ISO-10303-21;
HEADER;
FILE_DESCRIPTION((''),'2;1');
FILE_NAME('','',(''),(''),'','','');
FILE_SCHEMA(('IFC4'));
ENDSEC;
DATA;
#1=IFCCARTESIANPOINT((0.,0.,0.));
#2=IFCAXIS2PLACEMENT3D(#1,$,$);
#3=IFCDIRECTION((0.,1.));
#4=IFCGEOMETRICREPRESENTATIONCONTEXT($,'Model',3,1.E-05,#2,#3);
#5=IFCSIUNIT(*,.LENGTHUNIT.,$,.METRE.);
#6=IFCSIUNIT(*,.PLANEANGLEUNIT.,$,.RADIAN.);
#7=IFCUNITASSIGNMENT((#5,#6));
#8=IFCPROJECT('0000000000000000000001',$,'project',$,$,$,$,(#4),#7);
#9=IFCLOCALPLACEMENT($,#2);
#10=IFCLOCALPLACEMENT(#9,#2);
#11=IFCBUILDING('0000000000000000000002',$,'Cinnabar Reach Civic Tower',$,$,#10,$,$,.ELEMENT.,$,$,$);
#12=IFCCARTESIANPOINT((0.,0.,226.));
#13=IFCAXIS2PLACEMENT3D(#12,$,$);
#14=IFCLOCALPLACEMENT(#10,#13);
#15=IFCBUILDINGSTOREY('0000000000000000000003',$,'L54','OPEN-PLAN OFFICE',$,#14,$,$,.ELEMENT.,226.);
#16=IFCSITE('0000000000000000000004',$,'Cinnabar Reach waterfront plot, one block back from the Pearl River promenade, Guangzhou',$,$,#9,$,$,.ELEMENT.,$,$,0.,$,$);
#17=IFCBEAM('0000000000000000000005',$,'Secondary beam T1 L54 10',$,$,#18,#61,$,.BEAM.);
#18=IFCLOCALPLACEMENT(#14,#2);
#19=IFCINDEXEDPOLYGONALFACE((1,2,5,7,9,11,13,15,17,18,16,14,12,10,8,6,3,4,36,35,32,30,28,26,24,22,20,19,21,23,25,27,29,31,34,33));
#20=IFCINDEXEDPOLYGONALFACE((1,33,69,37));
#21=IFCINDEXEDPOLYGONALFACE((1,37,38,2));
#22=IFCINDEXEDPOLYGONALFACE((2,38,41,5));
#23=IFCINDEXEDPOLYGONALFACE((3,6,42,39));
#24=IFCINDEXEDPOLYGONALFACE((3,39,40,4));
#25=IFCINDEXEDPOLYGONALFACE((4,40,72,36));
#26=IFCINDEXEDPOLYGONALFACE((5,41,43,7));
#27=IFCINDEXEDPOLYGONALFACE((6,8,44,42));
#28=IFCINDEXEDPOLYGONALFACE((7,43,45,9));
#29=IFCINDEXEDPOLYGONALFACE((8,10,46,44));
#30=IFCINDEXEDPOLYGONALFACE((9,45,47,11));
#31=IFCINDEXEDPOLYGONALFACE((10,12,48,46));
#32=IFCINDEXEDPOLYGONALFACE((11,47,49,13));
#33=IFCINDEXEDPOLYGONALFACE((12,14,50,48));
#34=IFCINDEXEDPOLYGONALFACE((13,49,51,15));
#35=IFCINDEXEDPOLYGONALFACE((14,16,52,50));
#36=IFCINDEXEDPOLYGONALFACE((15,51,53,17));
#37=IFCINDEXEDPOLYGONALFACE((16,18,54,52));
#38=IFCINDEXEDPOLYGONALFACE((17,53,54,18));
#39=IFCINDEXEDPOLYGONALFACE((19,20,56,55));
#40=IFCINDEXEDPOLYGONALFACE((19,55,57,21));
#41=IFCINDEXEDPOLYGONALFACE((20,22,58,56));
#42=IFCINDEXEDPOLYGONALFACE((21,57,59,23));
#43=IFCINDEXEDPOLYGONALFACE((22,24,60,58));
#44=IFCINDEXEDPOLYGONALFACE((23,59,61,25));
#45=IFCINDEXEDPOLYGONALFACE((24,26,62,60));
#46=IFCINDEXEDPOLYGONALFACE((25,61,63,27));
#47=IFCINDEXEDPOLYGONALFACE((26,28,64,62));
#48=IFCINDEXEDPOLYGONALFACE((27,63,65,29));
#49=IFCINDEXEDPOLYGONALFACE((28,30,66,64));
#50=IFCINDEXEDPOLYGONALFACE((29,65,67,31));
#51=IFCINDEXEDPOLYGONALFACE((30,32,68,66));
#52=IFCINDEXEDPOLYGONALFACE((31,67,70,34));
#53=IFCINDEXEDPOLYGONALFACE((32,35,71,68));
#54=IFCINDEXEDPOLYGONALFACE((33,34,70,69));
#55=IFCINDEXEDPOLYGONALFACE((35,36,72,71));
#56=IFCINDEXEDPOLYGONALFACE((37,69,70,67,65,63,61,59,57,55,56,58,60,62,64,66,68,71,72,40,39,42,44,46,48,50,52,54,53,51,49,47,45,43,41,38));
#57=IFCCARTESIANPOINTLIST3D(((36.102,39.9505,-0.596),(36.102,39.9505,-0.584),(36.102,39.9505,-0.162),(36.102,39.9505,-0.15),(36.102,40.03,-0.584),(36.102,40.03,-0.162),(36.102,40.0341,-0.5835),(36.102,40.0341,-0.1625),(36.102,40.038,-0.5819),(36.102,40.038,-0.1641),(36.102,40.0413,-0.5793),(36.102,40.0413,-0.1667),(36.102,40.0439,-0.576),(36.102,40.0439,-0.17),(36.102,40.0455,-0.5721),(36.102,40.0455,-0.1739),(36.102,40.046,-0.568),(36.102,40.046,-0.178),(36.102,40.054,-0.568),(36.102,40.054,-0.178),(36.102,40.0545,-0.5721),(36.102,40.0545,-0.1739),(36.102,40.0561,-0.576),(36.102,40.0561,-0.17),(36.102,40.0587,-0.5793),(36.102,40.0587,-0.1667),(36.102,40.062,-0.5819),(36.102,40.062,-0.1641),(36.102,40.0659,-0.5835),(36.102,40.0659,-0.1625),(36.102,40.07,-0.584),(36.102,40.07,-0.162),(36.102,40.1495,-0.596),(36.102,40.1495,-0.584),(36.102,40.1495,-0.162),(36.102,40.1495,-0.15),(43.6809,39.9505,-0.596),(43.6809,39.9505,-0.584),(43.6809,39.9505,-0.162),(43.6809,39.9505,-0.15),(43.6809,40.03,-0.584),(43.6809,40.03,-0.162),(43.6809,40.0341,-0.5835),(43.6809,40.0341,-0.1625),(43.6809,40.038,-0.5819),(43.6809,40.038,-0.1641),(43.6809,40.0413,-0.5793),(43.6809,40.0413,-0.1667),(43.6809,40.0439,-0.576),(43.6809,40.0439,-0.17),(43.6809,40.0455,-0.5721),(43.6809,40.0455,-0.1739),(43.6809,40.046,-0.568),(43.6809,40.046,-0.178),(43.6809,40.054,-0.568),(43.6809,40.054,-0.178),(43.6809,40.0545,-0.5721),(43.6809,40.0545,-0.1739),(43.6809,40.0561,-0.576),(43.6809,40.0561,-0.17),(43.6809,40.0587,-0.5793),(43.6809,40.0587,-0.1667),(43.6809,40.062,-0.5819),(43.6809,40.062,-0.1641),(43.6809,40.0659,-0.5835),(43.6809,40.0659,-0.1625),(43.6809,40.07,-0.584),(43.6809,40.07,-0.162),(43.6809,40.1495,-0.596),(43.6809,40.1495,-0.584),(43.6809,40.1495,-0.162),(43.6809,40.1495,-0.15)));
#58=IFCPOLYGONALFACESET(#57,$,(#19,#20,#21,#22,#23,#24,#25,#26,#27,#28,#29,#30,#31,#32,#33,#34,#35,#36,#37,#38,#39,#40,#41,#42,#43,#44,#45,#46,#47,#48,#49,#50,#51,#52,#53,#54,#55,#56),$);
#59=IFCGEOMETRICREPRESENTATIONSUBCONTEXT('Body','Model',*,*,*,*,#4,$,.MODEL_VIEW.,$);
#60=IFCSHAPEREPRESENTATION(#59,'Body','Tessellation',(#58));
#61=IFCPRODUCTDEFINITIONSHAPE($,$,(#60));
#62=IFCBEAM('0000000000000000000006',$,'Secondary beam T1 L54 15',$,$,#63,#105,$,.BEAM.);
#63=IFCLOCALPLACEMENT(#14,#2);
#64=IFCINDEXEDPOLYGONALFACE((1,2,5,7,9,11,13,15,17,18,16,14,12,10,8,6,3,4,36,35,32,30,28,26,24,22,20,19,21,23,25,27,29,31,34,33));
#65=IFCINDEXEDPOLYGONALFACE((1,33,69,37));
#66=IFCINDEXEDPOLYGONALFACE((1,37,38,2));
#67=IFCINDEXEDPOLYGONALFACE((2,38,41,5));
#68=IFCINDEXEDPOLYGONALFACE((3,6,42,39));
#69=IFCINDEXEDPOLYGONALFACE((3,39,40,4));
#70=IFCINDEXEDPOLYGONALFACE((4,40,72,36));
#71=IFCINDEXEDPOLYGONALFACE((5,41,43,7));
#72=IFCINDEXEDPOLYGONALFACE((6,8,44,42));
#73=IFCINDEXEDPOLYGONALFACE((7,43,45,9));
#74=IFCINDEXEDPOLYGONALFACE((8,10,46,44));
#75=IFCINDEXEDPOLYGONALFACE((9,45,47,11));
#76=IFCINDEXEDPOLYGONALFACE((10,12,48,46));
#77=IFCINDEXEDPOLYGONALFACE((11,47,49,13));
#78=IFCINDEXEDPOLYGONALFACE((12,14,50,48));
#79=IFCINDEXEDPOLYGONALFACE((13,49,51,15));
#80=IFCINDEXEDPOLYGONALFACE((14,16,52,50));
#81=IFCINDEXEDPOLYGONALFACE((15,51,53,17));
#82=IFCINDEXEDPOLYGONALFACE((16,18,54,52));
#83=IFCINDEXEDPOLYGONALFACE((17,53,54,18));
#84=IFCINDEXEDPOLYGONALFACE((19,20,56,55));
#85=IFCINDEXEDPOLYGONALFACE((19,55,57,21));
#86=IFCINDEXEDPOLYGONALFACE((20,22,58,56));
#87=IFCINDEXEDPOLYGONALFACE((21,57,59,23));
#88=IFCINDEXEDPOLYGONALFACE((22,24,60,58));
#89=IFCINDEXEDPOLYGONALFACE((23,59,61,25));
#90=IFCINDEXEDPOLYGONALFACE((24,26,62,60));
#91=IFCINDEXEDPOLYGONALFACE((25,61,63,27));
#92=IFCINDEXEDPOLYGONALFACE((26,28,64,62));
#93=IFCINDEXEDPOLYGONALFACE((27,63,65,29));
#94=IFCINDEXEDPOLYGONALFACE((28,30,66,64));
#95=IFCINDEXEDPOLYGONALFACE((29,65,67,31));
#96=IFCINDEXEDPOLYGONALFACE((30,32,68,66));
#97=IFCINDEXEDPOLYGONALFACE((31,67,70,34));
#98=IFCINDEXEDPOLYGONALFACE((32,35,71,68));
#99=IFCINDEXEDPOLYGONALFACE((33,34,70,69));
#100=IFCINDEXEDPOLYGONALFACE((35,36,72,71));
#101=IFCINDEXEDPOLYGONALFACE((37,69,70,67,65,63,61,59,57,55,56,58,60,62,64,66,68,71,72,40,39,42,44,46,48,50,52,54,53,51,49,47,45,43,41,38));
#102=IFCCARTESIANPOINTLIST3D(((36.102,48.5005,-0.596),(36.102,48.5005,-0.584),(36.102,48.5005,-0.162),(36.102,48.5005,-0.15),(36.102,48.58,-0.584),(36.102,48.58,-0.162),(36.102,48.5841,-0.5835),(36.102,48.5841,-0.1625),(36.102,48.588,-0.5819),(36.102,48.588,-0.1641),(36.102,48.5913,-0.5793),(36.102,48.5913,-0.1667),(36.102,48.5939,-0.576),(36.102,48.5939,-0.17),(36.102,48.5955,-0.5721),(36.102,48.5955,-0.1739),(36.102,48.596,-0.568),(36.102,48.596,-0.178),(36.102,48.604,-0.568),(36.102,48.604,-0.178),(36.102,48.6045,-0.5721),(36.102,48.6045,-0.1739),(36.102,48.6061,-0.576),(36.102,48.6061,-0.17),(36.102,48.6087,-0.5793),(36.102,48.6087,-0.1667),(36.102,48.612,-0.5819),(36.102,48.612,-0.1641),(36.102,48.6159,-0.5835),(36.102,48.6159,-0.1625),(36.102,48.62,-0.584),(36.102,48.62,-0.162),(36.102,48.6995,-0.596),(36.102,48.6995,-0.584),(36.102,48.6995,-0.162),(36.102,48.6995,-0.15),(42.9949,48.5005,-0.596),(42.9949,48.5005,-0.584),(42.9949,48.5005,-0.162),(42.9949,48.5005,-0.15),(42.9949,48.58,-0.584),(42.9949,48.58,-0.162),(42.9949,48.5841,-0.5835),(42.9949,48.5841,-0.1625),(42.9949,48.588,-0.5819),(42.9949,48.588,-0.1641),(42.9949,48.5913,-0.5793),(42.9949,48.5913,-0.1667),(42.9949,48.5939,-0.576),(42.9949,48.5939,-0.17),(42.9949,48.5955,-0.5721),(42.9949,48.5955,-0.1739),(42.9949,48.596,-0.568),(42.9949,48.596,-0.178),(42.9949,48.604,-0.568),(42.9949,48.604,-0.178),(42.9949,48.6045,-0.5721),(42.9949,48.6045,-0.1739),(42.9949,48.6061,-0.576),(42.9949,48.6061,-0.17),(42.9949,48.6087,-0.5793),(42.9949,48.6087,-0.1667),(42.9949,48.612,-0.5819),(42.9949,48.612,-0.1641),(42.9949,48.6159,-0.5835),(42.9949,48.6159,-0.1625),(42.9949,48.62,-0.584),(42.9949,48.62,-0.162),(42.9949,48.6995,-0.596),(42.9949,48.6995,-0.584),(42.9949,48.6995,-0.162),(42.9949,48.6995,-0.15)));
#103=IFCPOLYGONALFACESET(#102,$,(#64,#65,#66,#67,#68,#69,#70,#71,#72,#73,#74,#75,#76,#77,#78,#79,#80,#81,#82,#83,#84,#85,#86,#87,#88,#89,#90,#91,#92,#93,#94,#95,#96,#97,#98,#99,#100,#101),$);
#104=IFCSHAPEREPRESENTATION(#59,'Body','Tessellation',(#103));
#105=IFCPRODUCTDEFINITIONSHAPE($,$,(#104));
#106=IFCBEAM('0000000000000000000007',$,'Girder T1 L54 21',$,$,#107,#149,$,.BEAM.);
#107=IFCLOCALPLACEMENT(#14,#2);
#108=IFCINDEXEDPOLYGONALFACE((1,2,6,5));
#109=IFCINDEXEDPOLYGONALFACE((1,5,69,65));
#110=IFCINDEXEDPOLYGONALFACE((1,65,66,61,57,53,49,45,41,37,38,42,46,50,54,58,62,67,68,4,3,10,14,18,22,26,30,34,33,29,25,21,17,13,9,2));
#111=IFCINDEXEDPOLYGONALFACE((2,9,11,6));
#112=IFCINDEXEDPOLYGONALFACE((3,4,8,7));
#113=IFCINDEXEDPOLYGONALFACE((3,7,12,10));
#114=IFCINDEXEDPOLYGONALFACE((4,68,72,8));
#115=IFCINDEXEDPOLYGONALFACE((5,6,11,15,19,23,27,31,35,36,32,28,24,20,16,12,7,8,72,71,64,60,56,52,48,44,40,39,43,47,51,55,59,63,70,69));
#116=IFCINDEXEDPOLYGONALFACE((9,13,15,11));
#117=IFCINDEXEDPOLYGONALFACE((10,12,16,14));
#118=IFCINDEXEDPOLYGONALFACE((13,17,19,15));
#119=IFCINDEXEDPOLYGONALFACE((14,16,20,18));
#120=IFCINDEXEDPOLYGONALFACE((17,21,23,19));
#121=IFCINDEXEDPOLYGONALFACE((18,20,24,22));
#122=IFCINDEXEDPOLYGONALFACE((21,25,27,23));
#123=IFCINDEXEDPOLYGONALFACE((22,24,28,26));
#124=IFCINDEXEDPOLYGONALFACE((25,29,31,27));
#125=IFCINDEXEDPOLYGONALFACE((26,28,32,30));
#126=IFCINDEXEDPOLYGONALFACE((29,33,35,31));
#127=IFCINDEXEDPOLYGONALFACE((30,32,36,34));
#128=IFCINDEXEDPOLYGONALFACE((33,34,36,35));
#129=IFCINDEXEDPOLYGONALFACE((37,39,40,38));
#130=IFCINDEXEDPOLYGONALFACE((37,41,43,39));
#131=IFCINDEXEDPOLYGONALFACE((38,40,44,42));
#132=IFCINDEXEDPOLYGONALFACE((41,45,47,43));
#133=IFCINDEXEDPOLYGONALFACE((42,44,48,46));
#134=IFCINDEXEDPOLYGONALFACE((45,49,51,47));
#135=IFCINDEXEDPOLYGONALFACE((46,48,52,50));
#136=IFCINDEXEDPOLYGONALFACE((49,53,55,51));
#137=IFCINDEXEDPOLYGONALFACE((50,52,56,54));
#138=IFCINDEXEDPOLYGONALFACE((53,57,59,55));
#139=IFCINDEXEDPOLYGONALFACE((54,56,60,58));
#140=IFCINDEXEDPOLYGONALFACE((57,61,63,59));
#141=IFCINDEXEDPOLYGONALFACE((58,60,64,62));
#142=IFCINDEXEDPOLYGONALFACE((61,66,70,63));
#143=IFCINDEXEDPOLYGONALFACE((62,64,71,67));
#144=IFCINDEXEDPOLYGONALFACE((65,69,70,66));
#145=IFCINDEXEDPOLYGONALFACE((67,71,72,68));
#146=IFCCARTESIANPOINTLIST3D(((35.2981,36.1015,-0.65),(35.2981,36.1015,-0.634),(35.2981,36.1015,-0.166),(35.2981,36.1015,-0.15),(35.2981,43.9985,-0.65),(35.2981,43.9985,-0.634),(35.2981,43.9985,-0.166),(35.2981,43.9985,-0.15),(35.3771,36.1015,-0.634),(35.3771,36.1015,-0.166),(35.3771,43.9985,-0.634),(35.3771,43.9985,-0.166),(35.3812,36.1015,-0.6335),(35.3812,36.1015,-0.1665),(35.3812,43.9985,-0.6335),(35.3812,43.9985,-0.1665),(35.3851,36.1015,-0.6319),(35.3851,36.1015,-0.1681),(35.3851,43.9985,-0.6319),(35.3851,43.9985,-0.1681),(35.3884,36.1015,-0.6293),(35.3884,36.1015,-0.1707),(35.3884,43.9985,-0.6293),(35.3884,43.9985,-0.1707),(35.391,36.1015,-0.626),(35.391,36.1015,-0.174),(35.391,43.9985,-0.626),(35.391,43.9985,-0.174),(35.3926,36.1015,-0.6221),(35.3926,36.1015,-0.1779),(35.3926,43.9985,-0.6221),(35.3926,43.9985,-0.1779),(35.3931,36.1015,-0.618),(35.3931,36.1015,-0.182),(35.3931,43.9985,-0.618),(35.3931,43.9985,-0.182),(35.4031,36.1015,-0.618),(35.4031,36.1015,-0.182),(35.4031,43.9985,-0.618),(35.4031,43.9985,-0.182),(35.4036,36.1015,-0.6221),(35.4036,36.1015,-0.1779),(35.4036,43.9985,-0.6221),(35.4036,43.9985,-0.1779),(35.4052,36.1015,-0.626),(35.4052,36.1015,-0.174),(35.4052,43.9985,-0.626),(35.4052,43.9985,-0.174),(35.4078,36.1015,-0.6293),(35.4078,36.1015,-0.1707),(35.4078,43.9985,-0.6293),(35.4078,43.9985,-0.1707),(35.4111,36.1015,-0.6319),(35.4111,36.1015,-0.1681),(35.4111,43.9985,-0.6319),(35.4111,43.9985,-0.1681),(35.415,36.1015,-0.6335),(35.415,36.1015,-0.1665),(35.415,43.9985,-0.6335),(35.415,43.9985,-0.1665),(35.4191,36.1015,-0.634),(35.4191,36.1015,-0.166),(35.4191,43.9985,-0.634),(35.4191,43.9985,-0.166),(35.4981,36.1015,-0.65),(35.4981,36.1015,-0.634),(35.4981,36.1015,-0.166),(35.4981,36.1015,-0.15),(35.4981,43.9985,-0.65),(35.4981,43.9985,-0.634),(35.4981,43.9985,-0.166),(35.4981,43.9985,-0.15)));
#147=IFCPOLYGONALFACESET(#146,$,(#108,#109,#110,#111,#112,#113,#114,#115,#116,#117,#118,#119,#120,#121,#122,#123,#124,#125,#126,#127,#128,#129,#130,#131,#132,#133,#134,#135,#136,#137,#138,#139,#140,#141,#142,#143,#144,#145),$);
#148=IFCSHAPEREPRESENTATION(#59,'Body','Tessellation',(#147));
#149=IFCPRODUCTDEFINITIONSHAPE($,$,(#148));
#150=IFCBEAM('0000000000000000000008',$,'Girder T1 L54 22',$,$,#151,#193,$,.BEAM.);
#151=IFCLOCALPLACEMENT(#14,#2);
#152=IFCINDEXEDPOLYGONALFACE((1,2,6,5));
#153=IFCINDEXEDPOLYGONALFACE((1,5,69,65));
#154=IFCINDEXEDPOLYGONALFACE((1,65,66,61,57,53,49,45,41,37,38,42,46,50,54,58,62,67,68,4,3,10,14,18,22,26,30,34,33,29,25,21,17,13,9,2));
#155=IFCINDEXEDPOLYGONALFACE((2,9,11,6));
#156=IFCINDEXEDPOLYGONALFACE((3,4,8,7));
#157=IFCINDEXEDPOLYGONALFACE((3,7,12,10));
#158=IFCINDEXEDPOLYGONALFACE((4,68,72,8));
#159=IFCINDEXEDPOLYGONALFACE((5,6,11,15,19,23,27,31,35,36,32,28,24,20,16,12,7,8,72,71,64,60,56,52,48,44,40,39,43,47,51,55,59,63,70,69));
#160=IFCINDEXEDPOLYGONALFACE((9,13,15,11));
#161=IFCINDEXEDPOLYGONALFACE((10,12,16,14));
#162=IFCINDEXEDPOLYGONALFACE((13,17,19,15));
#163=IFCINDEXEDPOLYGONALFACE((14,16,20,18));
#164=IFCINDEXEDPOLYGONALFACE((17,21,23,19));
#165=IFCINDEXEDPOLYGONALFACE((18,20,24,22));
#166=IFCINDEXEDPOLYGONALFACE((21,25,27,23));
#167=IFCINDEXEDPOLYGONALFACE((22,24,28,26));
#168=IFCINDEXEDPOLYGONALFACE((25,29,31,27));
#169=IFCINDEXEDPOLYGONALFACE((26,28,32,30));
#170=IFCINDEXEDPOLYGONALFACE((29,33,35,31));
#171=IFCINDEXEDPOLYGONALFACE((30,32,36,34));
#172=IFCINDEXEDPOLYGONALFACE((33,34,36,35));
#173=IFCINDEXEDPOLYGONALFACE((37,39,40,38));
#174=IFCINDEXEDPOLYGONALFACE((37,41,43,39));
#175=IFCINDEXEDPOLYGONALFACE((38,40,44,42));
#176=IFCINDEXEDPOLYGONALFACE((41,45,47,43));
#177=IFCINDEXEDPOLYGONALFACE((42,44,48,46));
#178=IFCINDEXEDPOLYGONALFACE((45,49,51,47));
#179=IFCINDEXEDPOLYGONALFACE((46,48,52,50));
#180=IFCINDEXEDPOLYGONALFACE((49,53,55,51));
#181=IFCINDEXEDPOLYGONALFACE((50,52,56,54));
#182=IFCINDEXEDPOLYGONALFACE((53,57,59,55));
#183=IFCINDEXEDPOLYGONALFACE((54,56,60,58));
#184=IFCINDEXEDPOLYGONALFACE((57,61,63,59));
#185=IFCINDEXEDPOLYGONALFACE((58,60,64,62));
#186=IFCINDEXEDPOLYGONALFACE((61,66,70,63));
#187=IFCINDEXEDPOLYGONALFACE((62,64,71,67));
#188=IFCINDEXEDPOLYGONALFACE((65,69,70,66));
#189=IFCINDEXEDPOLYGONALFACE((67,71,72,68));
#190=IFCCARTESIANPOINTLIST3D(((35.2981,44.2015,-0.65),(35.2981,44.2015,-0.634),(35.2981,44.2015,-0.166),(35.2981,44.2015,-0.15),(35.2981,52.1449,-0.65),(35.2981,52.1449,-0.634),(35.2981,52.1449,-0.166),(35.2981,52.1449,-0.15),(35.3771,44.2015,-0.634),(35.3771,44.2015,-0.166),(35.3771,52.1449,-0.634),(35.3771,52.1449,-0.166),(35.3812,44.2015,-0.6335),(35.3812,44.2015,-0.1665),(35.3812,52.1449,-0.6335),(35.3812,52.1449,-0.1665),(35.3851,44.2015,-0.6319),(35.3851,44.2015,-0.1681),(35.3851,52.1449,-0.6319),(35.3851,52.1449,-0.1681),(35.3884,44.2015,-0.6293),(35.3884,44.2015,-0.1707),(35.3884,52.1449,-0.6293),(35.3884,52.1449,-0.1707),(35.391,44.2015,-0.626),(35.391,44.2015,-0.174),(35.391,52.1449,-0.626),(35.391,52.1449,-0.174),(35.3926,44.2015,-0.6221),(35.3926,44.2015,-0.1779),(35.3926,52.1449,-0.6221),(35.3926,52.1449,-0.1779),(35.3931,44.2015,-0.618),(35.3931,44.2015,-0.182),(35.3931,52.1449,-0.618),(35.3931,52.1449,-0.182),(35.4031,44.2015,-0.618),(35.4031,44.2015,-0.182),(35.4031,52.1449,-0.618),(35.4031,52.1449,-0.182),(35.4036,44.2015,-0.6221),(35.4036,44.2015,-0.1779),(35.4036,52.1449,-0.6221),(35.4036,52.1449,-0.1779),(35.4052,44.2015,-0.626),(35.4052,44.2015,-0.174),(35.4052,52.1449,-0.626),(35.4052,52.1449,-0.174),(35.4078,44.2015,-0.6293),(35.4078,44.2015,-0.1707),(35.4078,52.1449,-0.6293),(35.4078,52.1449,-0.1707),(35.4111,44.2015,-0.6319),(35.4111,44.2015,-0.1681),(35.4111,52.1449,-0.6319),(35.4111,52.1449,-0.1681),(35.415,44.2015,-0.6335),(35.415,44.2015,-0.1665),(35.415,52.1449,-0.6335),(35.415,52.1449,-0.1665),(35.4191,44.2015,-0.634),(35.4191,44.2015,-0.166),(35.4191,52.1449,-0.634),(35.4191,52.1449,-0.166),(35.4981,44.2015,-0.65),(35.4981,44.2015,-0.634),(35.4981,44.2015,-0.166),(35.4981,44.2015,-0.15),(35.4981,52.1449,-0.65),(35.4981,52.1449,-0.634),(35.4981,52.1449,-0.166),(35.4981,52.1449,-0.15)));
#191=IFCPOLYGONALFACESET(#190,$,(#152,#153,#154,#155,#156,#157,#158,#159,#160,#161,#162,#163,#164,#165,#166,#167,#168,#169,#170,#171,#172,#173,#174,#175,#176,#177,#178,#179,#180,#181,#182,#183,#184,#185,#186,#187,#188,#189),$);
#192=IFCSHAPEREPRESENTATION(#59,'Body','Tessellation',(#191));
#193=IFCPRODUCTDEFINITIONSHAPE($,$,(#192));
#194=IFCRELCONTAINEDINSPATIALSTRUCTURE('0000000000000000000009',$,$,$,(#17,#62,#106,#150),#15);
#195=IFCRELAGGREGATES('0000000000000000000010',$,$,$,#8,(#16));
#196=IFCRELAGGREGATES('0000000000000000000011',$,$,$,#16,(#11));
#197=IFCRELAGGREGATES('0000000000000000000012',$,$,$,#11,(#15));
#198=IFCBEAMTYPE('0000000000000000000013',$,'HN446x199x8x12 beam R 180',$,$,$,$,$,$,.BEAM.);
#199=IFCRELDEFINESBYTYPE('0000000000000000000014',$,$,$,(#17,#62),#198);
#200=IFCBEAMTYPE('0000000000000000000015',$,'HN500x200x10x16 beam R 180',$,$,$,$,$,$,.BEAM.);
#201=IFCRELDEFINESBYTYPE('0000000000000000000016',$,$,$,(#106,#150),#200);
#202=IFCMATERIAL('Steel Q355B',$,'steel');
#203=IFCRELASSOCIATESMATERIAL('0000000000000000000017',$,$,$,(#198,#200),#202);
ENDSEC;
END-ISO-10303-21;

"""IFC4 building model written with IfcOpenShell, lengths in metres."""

from ifc_helpers import new_model, si_unit, direction, frame, origin, origin_2d, place, context, subcontext, project, spatial, i_section, extrude, material, material_profile, profile_set, type_object, element, save


model = new_model("IFC4")

# Units and contexts
model_context = context("Model", 3, precision=1e-05, world=origin(), true_north=direction((0.0, 1.0)))
body_context = subcontext(model_context, "Body", "Model", "MODEL_VIEW")
ifc_project = project(units=[si_unit("LENGTHUNIT", "METRE"), si_unit("PLANEANGLEUNIT", "RADIAN")], contexts=[model_context])

# Site, building, storey
site_placement = place(None, origin())
site = spatial("IfcSite", under=ifc_project, at=site_placement, Name="Cinnabar Reach waterfront plot, one block back from the Pearl River promenade, Guangzhou", CompositionType="ELEMENT", RefElevation=0.0)
building_placement = place(site_placement, origin())
building = spatial("IfcBuilding", under=site, at=building_placement, Name="Cinnabar Reach Civic Tower", CompositionType="ELEMENT")
storey_placement = place(building_placement, frame((0.0, 0.0, 226.0)))
storey = spatial("IfcBuildingStorey", under=building, at=storey_placement, Name="L54", Description="OPEN-PLAN OFFICE", CompositionType="ELEMENT", Elevation=226.0)

# Beams
ifc_material_1 = material(Name="Steel Q355B", Category="steel")
ifc_material_profile_1 = material_profile(ifc_material_1, i_section(OverallWidth=0.199, OverallDepth=0.446, WebThickness=0.008, FlangeThickness=0.012, FilletRadius=0.016, at=origin_2d()), Name="HN446x199x8x12")
ifc_profile_set_1 = profile_set([ifc_material_profile_1], Name="Steel Q355B")
beam_type_1 = type_object("IfcBeamType", Name="HN446x199x8x12 beam R 180", PredefinedType="BEAM", material=ifc_profile_set_1)
beam_1_placement = place(storey_placement, frame((36.102, 40.05, -0.373), z_axis=(1.0, 0.0, 0.0), x_axis=(0.0, 1.0, 0.0)))
element("IfcBeam", 1, at=beam_1_placement, inside=storey, type_object=beam_type_1, Name="Secondary beam T1 L54 10", PredefinedType="BEAM", context=body_context, shape_type="SweptSolid", body=[
    extrude(i_section(OverallWidth=0.199, OverallDepth=0.446, WebThickness=0.008, FlangeThickness=0.012, FilletRadius=0.016, at=origin_2d()), origin(), (0.0, 0.0, 1.0), 7.5789),
])
beam_2_placement = place(storey_placement, frame((36.102, 48.6, -0.373), z_axis=(1.0, 0.0, 0.0), x_axis=(0.0, 1.0, 0.0)))
element("IfcBeam", 2, at=beam_2_placement, inside=storey, type_object=beam_type_1, Name="Secondary beam T1 L54 15", PredefinedType="BEAM", context=body_context, shape_type="SweptSolid", body=[
    extrude(i_section(OverallWidth=0.199, OverallDepth=0.446, WebThickness=0.008, FlangeThickness=0.012, FilletRadius=0.016, at=origin_2d()), origin(), (0.0, 0.0, 1.0), 6.8929),
])
ifc_material_profile_2 = material_profile(ifc_material_1, i_section(OverallWidth=0.2, OverallDepth=0.5, WebThickness=0.01, FlangeThickness=0.016, FilletRadius=0.016, at=origin_2d()), Name="HN500x200x10x16")
ifc_profile_set_2 = profile_set([ifc_material_profile_2], Name="Steel Q355B")
beam_type_2 = type_object("IfcBeamType", Name="HN500x200x10x16 beam R 180", PredefinedType="BEAM", material=ifc_profile_set_2)
beam_3_placement = place(storey_placement, frame((35.3981, 36.1015, -0.4), z_axis=(0.0, 1.0, 0.0), x_axis=(-1.0, 0.0, 0.0)))
element("IfcBeam", 3, at=beam_3_placement, inside=storey, type_object=beam_type_2, Name="Girder T1 L54 21", PredefinedType="BEAM", context=body_context, shape_type="SweptSolid", body=[
    extrude(i_section(OverallWidth=0.2, OverallDepth=0.5, WebThickness=0.01, FlangeThickness=0.016, FilletRadius=0.016, at=origin_2d()), origin(), (0.0, 0.0, 1.0), 7.897),
])
beam_4_placement = place(storey_placement, frame((35.3981, 44.2015, -0.4), z_axis=(0.0, 1.0, 0.0), x_axis=(-1.0, 0.0, 0.0)))
element("IfcBeam", 4, at=beam_4_placement, inside=storey, type_object=beam_type_2, Name="Girder T1 L54 22", PredefinedType="BEAM", context=body_context, shape_type="SweptSolid", body=[
    extrude(i_section(OverallWidth=0.2, OverallDepth=0.5, WebThickness=0.01, FlangeThickness=0.016, FilletRadius=0.016, at=origin_2d()), origin(), (0.0, 0.0, 1.0), 7.9434),
])

save(model, "model.ifc")
